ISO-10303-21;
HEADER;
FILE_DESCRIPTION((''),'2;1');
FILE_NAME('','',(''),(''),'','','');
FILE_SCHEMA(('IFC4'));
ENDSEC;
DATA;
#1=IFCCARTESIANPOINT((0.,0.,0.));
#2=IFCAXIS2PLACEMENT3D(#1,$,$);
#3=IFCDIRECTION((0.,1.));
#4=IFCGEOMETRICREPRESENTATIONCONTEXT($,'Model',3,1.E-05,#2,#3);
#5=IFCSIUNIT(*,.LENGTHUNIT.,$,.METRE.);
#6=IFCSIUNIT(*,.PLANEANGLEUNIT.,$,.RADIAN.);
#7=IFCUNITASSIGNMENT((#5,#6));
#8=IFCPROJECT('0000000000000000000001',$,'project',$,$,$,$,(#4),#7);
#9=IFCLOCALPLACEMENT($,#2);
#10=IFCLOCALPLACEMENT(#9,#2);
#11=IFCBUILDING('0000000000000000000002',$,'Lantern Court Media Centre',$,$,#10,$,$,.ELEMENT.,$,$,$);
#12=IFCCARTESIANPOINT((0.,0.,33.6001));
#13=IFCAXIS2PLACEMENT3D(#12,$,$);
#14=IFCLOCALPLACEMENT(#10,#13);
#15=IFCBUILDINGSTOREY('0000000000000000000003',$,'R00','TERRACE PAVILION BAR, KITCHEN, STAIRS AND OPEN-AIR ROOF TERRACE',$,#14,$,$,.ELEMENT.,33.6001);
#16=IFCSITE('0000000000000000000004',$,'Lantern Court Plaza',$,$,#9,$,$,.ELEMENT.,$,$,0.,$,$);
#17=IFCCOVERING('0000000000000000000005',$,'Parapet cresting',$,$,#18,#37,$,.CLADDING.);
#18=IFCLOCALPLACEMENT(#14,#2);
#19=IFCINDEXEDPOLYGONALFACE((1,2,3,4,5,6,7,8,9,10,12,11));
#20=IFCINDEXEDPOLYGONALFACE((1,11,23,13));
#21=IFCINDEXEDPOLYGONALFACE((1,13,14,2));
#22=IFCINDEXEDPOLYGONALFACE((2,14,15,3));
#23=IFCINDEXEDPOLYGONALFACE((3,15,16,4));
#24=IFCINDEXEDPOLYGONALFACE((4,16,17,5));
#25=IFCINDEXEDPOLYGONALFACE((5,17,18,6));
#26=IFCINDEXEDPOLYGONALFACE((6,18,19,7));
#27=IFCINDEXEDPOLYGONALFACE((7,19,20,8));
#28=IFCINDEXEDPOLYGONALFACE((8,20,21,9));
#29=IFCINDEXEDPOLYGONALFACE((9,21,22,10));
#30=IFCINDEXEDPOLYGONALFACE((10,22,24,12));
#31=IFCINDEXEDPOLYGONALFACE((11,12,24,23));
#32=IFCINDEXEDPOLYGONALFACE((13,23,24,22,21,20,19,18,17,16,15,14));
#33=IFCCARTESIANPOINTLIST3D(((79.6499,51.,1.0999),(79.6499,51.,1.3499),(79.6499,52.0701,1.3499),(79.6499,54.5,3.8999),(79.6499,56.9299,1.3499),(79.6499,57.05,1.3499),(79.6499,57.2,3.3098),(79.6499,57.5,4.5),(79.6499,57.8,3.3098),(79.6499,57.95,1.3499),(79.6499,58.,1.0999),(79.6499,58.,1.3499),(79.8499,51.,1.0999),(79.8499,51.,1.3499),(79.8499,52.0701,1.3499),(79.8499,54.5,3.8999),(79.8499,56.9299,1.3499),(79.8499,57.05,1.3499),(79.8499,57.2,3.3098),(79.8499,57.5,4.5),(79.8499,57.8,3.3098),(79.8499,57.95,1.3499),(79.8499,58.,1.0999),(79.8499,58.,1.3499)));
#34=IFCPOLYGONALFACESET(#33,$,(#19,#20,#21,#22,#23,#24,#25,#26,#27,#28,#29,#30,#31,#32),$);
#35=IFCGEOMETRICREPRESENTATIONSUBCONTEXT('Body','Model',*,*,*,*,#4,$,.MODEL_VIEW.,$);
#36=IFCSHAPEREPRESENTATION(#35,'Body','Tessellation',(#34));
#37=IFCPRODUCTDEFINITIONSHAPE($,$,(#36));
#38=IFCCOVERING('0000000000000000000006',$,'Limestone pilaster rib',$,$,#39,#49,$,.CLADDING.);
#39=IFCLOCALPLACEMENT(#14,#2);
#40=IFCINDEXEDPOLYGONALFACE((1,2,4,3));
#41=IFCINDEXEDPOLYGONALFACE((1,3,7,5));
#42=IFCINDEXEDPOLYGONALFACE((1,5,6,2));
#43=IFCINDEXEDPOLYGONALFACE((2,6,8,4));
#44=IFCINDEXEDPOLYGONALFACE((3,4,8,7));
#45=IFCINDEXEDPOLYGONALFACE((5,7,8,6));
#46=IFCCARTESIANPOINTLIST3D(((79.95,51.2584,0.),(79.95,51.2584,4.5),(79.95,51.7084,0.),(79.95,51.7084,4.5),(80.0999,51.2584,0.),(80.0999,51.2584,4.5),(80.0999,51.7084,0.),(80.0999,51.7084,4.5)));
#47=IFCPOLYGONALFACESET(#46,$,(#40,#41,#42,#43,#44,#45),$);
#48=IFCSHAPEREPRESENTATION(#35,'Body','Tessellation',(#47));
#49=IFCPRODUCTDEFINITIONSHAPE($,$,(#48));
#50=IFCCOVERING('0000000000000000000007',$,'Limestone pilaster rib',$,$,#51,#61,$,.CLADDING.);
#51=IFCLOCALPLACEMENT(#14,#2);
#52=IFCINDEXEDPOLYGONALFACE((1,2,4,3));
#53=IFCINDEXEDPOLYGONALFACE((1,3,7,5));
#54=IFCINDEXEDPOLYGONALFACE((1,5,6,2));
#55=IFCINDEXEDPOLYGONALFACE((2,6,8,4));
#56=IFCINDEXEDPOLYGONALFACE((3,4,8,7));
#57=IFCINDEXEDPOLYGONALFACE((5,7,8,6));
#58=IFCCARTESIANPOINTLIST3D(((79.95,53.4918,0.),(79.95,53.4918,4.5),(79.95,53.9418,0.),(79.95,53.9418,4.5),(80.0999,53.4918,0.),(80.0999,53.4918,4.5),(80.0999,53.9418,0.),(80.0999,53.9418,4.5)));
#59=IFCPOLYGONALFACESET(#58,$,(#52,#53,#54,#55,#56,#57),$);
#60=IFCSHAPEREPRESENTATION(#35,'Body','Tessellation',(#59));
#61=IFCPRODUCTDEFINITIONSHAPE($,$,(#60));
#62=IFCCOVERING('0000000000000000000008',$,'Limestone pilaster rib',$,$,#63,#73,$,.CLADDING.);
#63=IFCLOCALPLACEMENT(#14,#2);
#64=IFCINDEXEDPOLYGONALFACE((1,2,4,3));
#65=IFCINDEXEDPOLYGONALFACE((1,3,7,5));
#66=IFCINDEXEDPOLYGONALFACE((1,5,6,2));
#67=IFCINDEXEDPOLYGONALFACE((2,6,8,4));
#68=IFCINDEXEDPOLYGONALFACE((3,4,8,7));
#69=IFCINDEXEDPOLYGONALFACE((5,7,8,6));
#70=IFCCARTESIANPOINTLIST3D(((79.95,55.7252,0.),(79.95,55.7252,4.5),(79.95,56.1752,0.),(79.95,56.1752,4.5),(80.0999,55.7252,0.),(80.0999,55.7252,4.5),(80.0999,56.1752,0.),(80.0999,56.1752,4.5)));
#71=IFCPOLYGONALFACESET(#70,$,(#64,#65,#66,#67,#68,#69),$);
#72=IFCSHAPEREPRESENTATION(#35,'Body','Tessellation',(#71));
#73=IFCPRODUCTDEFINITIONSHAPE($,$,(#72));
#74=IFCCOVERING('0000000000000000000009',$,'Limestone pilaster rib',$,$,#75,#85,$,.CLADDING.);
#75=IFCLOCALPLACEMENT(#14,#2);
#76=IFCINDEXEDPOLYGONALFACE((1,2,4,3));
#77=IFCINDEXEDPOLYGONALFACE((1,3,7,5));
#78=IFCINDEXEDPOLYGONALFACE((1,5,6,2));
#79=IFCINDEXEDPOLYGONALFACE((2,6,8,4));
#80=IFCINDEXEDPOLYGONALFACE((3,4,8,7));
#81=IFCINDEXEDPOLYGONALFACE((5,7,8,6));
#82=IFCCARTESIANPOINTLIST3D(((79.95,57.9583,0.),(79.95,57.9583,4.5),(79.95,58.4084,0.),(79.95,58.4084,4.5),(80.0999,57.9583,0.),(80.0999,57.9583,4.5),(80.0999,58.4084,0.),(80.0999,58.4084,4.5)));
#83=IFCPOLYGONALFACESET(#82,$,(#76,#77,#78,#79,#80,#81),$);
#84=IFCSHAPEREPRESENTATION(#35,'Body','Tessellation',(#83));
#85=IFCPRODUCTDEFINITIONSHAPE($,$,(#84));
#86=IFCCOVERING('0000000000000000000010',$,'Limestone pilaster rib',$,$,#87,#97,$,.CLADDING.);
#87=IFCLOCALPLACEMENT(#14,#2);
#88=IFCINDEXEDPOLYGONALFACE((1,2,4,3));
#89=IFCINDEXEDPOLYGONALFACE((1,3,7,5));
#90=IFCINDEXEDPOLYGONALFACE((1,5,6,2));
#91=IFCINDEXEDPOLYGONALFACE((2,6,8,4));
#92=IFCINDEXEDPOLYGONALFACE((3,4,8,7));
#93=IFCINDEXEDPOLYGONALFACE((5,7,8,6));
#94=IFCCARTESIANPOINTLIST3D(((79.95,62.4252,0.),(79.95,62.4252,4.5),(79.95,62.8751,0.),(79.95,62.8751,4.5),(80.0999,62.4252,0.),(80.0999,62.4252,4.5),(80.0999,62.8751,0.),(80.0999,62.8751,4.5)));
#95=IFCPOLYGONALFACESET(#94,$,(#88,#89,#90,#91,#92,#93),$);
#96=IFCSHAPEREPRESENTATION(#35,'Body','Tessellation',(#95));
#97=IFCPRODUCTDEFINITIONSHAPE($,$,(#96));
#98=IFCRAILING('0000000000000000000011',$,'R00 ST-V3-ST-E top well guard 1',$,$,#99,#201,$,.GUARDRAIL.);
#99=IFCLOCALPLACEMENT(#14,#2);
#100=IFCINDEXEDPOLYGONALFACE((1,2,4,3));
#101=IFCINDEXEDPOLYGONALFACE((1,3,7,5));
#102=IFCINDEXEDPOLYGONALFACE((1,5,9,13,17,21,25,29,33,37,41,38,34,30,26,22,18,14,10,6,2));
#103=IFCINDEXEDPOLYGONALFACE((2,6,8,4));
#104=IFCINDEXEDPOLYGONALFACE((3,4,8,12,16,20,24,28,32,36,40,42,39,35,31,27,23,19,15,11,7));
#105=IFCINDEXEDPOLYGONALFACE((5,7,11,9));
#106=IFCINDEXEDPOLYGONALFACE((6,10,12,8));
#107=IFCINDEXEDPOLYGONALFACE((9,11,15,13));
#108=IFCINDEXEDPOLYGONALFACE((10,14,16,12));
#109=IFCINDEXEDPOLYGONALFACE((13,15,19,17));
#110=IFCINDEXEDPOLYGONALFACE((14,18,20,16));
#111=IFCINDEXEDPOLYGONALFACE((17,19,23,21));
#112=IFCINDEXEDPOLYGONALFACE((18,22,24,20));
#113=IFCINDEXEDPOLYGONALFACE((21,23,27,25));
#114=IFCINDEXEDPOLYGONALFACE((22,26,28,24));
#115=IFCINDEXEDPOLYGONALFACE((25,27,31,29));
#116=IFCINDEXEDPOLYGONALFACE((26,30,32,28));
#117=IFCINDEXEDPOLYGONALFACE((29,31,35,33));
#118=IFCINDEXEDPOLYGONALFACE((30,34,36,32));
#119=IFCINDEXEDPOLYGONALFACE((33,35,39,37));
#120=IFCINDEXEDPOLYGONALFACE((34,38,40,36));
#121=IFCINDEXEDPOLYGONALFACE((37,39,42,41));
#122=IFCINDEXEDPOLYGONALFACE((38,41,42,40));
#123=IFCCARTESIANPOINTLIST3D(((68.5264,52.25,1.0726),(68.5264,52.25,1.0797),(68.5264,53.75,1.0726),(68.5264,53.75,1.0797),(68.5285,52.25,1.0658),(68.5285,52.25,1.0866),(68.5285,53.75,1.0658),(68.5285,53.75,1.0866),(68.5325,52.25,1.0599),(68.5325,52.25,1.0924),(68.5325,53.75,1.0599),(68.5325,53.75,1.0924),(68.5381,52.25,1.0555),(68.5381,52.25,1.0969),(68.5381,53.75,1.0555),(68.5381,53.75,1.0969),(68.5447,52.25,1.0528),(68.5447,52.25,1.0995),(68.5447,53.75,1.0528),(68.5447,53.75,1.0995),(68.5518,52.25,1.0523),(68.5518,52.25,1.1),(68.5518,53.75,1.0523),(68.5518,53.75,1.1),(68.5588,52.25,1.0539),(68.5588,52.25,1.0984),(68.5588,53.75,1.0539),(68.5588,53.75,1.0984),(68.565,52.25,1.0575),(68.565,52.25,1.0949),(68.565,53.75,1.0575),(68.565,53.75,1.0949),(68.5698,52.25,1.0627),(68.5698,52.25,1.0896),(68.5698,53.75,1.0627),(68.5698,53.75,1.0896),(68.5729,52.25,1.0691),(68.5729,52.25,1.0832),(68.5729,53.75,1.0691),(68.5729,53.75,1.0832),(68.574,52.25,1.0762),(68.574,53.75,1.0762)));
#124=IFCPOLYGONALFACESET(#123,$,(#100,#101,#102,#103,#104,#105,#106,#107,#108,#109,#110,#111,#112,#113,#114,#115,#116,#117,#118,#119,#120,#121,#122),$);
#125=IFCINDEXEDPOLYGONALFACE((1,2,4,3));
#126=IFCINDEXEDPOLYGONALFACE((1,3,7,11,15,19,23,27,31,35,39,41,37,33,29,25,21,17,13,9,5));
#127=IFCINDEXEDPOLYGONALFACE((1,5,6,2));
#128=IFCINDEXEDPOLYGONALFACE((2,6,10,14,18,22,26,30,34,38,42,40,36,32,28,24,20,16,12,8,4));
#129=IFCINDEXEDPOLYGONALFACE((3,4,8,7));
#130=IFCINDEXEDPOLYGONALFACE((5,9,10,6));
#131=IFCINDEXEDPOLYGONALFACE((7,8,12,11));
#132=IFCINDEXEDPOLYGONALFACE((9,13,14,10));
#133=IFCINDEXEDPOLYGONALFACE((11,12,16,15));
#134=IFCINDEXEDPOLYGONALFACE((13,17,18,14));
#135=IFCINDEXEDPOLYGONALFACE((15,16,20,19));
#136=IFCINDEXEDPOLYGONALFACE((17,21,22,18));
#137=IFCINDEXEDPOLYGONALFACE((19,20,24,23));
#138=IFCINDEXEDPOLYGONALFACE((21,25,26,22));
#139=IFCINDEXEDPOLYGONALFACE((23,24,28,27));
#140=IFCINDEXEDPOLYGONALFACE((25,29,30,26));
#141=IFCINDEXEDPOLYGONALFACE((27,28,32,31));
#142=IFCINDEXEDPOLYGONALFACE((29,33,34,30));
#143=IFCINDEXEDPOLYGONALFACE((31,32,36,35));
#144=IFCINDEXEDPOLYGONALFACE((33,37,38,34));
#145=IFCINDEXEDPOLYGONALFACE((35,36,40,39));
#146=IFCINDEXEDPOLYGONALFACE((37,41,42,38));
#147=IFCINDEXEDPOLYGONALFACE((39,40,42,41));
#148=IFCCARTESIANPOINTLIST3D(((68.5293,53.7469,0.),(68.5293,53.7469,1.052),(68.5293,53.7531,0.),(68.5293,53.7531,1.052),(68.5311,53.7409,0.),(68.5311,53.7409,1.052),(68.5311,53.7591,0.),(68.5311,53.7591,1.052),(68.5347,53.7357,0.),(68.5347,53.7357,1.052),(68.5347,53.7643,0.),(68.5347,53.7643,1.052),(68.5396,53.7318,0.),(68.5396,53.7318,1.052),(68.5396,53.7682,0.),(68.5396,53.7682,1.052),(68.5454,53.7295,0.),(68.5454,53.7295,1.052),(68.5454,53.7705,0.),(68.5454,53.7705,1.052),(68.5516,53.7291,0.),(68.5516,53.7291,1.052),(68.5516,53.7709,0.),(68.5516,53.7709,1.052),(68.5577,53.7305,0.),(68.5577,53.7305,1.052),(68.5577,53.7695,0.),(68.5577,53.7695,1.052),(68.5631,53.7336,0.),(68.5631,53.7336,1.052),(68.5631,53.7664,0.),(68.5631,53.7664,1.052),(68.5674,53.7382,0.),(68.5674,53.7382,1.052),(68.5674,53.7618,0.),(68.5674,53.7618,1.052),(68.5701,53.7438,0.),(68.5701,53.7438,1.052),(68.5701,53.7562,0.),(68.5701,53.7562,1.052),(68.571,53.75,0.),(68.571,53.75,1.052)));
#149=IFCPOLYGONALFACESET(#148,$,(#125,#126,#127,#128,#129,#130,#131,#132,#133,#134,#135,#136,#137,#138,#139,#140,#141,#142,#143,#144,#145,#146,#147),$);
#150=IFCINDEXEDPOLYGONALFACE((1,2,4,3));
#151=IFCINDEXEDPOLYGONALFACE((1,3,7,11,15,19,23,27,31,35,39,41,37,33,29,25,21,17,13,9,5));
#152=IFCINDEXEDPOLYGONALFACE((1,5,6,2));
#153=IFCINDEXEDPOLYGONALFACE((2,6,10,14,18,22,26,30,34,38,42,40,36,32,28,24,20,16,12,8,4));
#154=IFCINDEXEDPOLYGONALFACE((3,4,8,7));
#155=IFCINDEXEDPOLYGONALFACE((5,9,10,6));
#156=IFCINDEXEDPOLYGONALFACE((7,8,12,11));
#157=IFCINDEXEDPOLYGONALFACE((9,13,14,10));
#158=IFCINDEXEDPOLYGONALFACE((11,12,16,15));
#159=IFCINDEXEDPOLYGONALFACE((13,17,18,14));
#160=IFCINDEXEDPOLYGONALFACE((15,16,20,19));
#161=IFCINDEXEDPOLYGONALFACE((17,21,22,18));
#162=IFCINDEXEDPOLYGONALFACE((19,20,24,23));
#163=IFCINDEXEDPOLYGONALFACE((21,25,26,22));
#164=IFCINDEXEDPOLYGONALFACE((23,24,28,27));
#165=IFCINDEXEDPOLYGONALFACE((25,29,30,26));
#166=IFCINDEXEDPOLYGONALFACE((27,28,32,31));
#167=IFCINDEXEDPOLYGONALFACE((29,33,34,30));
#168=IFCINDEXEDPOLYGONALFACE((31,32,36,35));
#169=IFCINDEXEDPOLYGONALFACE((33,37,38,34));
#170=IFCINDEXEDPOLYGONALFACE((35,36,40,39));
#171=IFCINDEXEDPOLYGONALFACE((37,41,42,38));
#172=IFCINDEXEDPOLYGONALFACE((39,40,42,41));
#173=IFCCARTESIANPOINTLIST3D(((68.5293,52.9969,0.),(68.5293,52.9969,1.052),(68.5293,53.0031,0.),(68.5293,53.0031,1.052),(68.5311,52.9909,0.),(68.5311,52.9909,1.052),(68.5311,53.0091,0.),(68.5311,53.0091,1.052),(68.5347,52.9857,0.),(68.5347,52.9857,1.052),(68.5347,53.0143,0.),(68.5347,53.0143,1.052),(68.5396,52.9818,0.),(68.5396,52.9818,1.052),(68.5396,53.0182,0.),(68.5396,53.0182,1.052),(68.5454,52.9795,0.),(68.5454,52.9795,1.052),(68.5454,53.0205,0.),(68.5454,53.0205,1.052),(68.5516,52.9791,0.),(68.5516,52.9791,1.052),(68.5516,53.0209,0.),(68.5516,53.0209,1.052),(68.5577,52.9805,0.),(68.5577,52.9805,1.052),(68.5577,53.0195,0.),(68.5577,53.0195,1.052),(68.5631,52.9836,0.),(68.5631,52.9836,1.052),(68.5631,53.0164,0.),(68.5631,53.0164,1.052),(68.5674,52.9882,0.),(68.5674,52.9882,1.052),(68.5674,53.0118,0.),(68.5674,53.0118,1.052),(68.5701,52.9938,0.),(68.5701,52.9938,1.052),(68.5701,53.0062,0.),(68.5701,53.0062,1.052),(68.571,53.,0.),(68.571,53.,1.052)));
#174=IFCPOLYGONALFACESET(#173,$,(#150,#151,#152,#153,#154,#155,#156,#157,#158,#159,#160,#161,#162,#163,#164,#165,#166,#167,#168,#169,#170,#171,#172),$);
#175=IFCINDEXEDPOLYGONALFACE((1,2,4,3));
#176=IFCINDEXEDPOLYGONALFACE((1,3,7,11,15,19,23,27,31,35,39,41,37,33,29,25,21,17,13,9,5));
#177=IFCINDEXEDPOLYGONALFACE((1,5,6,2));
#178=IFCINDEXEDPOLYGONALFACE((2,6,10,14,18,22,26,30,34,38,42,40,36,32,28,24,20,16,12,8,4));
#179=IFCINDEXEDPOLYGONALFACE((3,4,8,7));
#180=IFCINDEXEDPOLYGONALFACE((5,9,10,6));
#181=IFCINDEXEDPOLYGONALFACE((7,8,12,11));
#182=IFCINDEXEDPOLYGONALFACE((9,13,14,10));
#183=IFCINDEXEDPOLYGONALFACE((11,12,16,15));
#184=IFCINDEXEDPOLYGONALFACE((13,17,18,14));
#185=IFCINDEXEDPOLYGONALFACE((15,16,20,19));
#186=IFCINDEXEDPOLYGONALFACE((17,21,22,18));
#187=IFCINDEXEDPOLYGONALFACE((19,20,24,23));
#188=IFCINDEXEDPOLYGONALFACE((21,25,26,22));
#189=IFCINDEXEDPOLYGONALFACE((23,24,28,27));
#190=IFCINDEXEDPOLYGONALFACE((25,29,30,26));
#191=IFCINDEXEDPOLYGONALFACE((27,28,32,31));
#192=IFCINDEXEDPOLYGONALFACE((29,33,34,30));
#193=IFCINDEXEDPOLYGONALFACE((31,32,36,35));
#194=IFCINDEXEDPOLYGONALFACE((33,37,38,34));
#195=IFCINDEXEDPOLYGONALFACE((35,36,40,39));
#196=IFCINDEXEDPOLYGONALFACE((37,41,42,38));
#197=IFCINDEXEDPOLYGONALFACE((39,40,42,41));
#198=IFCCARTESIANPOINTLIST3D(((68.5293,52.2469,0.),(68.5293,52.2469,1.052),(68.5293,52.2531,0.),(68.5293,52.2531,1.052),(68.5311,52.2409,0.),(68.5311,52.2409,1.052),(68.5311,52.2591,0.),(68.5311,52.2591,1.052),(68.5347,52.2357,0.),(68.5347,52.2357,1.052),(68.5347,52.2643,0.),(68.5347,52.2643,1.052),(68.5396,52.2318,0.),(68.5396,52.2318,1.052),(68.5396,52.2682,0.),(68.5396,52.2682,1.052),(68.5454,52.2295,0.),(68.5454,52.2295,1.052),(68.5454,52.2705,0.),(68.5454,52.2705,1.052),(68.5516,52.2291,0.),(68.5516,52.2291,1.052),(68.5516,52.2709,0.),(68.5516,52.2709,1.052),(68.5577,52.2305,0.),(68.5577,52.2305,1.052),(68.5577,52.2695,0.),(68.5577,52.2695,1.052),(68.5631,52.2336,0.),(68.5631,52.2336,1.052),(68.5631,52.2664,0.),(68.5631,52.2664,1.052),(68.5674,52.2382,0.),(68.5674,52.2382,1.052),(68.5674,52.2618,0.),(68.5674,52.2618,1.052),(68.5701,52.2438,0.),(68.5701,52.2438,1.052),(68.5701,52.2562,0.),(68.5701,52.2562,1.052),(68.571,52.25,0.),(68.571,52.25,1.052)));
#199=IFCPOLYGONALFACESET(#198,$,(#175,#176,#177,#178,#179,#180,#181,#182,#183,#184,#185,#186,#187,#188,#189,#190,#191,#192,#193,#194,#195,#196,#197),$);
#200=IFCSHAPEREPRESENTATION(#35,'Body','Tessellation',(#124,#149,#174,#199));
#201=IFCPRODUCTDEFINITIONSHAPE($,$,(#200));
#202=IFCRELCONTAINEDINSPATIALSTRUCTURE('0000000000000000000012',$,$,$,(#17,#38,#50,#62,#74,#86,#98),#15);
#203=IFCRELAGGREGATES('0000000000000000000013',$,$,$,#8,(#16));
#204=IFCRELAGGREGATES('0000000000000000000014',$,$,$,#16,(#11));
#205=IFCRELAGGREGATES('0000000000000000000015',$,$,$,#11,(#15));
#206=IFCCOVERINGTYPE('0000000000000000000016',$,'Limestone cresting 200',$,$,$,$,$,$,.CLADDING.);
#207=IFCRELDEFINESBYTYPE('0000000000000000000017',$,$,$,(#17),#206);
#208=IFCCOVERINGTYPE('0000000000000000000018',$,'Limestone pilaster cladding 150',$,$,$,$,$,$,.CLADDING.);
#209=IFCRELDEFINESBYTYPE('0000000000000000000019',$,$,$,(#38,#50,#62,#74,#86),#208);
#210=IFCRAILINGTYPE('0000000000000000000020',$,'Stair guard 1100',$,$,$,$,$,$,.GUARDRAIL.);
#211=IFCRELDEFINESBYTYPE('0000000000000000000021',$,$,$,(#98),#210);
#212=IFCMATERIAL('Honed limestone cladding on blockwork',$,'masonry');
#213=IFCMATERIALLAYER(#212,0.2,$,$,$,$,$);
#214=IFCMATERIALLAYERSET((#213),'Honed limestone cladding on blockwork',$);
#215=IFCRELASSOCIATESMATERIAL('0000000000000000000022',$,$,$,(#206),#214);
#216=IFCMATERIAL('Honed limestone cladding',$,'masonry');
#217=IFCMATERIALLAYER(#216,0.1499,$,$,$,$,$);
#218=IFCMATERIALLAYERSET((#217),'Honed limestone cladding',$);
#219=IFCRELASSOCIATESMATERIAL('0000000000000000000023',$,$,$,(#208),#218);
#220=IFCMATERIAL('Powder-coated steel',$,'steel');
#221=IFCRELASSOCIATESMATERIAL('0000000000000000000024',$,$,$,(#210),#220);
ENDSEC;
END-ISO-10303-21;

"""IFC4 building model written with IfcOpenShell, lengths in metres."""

from ifc_helpers import new_model, si_unit, direction, frame, frame_2d, origin, origin_2d, place, context, subcontext, project, spatial, polyline, rectangle, circle, outline, extrude, material, layer, layer_set, type_object, element, save


model = new_model("IFC4")

# Units and contexts
model_context = context("Model", 3, precision=1e-05, world=origin(), true_north=direction((0.0, 1.0)))
body_context = subcontext(model_context, "Body", "Model", "MODEL_VIEW")
ifc_project = project(units=[si_unit("LENGTHUNIT", "METRE"), si_unit("PLANEANGLEUNIT", "RADIAN")], contexts=[model_context])

# Site, building, storey
site_placement = place(None, origin())
site = spatial("IfcSite", under=ifc_project, at=site_placement, Name="Lantern Court Plaza", CompositionType="ELEMENT", RefElevation=0.0)
building_placement = place(site_placement, origin())
building = spatial("IfcBuilding", under=site, at=building_placement, Name="Lantern Court Media Centre", CompositionType="ELEMENT")
storey_placement = place(building_placement, frame((0.0, 0.0, 33.6001)))
storey = spatial("IfcBuildingStorey", under=building, at=storey_placement, Name="R00", Description="TERRACE PAVILION BAR, KITCHEN, STAIRS AND OPEN-AIR ROOF TERRACE", CompositionType="ELEMENT", Elevation=33.6001)

# Shared definitions
ifc_material_1 = material(Name="Powder-coated steel", Category="steel")

# Coverings
ifc_material_2 = material(Name="Honed limestone cladding on blockwork", Category="masonry")
ifc_layer_1 = layer(ifc_material_2, 0.2)
ifc_layer_set_1 = layer_set([ifc_layer_1], Name="Honed limestone cladding on blockwork")
covering_type_1 = type_object("IfcCoveringType", Name="Limestone cresting 200", PredefinedType="CLADDING", material=ifc_layer_set_1)
covering_1_placement = place(storey_placement, frame((79.75, 51.0, 1.0999), z_axis=(0.0, 0.0, 1.0), x_axis=(0.0, 1.0, 0.0)))
element("IfcCovering", 1, at=covering_1_placement, inside=storey, type_object=covering_type_1, Name="Parapet cresting", PredefinedType="CLADDING", context=body_context, shape_type="SweptSolid", body=[
    extrude(outline(polyline([(0.0, 0.0), (7.0, 0.0), (7.0, 0.25), (6.95, 0.25), (6.8, 2.21), (6.5, 3.4001), (6.2, 2.21), (6.05, 0.25), (5.9299, 0.25), (3.5, 2.8), (1.0701, 0.25), (0.0, 0.25), (0.0, 0.0)])), frame((0.0, 0.1001, 0.0), z_axis=(0.0, -1.0, 0.0), x_axis=(1.0, 0.0, 0.0)), (0.0, 0.0, 1.0), 0.2),
])
ifc_material_3 = material(Name="Honed limestone cladding", Category="masonry")
ifc_layer_2 = layer(ifc_material_3, 0.1499)
ifc_layer_set_2 = layer_set([ifc_layer_2], Name="Honed limestone cladding")
covering_type_2 = type_object("IfcCoveringType", Name="Limestone pilaster cladding 150", PredefinedType="CLADDING", material=ifc_layer_set_2)
for number, where, z_axis, x_axis, name in (
    (2, (80.0249, 51.2583, 0.0), (0.0, 0.0, 1.0), (0.0, 1.0, 0.0), "Limestone pilaster rib"),
    (3, (80.0249, 53.4917, 0.0), (0.0, 0.0, 1.0), (0.0, 1.0, 0.0), "Limestone pilaster rib"),
    (4, (80.0249, 55.7251, 0.0), (0.0, 0.0, 1.0), (0.0, 1.0, 0.0), "Limestone pilaster rib"),
):
    element("IfcCovering", number, at=place(storey_placement, frame(where, z_axis=z_axis, x_axis=x_axis)), inside=storey, type_object=covering_type_2, Name=name, PredefinedType="CLADDING", context=body_context, shape_type="SweptSolid", body=[
        extrude(rectangle(XDim=0.45, YDim=0.1499, at=frame_2d((0.2251, 0.0))), origin(), (0.0, 0.0, 1.0), 4.5),
    ])
covering_2_placement = place(storey_placement, frame((80.0249, 57.9583, 0.0), z_axis=(0.0, 0.0, 1.0), x_axis=(0.0, 1.0, 0.0)))
element("IfcCovering", 5, at=covering_2_placement, inside=storey, type_object=covering_type_2, Name="Limestone pilaster rib", PredefinedType="CLADDING", context=body_context, shape_type="SweptSolid", body=[
    extrude(rectangle(XDim=0.4502, YDim=0.1499, at=frame_2d((0.2251, 0.0))), origin(), (0.0, 0.0, 1.0), 4.5),
])
covering_3_placement = place(storey_placement, frame((80.0249, 62.425, 0.0), z_axis=(0.0, 0.0, 1.0), x_axis=(0.0, 1.0, 0.0)))
element("IfcCovering", 6, at=covering_3_placement, inside=storey, type_object=covering_type_2, Name="Limestone pilaster rib", PredefinedType="CLADDING", context=body_context, shape_type="SweptSolid", body=[
    extrude(rectangle(XDim=0.45, YDim=0.1499, at=frame_2d((0.2251, 0.0))), origin(), (0.0, 0.0, 1.0), 4.5),
])

# Railing
railing_type_1 = type_object("IfcRailingType", Name="Stair guard 1100", PredefinedType="GUARDRAIL", material=ifc_material_1)
railing_1_placement = place(storey_placement, frame((68.55, 53.75, 0.0)))
element("IfcRailing", 7, at=railing_1_placement, inside=storey, type_object=railing_type_1, Name="R00 ST-V3-ST-E top well guard 1", PredefinedType="GUARDRAIL", context=body_context, shape_type="SweptSolid", body=[
    extrude(circle(Radius=0.0239, at=origin_2d()), frame((0.0, 0.0, 1.0762), z_axis=(0.0, -1.0, 0.0), x_axis=(1.0, 0.0, 0.0)), (0.0, 0.0, 1.0), 1.5),
    extrude(circle(Radius=0.021, at=origin_2d()), origin(), (0.0, 0.0, 1.0), 1.052),
    extrude(circle(Radius=0.021, at=origin_2d()), frame((0.0, -0.75, 0.0)), (0.0, 0.0, 1.0), 1.052),
    extrude(circle(Radius=0.021, at=origin_2d()), frame((0.0, -1.5, 0.0)), (0.0, 0.0, 1.0), 1.052),
])

save(model, "model.ifc")
